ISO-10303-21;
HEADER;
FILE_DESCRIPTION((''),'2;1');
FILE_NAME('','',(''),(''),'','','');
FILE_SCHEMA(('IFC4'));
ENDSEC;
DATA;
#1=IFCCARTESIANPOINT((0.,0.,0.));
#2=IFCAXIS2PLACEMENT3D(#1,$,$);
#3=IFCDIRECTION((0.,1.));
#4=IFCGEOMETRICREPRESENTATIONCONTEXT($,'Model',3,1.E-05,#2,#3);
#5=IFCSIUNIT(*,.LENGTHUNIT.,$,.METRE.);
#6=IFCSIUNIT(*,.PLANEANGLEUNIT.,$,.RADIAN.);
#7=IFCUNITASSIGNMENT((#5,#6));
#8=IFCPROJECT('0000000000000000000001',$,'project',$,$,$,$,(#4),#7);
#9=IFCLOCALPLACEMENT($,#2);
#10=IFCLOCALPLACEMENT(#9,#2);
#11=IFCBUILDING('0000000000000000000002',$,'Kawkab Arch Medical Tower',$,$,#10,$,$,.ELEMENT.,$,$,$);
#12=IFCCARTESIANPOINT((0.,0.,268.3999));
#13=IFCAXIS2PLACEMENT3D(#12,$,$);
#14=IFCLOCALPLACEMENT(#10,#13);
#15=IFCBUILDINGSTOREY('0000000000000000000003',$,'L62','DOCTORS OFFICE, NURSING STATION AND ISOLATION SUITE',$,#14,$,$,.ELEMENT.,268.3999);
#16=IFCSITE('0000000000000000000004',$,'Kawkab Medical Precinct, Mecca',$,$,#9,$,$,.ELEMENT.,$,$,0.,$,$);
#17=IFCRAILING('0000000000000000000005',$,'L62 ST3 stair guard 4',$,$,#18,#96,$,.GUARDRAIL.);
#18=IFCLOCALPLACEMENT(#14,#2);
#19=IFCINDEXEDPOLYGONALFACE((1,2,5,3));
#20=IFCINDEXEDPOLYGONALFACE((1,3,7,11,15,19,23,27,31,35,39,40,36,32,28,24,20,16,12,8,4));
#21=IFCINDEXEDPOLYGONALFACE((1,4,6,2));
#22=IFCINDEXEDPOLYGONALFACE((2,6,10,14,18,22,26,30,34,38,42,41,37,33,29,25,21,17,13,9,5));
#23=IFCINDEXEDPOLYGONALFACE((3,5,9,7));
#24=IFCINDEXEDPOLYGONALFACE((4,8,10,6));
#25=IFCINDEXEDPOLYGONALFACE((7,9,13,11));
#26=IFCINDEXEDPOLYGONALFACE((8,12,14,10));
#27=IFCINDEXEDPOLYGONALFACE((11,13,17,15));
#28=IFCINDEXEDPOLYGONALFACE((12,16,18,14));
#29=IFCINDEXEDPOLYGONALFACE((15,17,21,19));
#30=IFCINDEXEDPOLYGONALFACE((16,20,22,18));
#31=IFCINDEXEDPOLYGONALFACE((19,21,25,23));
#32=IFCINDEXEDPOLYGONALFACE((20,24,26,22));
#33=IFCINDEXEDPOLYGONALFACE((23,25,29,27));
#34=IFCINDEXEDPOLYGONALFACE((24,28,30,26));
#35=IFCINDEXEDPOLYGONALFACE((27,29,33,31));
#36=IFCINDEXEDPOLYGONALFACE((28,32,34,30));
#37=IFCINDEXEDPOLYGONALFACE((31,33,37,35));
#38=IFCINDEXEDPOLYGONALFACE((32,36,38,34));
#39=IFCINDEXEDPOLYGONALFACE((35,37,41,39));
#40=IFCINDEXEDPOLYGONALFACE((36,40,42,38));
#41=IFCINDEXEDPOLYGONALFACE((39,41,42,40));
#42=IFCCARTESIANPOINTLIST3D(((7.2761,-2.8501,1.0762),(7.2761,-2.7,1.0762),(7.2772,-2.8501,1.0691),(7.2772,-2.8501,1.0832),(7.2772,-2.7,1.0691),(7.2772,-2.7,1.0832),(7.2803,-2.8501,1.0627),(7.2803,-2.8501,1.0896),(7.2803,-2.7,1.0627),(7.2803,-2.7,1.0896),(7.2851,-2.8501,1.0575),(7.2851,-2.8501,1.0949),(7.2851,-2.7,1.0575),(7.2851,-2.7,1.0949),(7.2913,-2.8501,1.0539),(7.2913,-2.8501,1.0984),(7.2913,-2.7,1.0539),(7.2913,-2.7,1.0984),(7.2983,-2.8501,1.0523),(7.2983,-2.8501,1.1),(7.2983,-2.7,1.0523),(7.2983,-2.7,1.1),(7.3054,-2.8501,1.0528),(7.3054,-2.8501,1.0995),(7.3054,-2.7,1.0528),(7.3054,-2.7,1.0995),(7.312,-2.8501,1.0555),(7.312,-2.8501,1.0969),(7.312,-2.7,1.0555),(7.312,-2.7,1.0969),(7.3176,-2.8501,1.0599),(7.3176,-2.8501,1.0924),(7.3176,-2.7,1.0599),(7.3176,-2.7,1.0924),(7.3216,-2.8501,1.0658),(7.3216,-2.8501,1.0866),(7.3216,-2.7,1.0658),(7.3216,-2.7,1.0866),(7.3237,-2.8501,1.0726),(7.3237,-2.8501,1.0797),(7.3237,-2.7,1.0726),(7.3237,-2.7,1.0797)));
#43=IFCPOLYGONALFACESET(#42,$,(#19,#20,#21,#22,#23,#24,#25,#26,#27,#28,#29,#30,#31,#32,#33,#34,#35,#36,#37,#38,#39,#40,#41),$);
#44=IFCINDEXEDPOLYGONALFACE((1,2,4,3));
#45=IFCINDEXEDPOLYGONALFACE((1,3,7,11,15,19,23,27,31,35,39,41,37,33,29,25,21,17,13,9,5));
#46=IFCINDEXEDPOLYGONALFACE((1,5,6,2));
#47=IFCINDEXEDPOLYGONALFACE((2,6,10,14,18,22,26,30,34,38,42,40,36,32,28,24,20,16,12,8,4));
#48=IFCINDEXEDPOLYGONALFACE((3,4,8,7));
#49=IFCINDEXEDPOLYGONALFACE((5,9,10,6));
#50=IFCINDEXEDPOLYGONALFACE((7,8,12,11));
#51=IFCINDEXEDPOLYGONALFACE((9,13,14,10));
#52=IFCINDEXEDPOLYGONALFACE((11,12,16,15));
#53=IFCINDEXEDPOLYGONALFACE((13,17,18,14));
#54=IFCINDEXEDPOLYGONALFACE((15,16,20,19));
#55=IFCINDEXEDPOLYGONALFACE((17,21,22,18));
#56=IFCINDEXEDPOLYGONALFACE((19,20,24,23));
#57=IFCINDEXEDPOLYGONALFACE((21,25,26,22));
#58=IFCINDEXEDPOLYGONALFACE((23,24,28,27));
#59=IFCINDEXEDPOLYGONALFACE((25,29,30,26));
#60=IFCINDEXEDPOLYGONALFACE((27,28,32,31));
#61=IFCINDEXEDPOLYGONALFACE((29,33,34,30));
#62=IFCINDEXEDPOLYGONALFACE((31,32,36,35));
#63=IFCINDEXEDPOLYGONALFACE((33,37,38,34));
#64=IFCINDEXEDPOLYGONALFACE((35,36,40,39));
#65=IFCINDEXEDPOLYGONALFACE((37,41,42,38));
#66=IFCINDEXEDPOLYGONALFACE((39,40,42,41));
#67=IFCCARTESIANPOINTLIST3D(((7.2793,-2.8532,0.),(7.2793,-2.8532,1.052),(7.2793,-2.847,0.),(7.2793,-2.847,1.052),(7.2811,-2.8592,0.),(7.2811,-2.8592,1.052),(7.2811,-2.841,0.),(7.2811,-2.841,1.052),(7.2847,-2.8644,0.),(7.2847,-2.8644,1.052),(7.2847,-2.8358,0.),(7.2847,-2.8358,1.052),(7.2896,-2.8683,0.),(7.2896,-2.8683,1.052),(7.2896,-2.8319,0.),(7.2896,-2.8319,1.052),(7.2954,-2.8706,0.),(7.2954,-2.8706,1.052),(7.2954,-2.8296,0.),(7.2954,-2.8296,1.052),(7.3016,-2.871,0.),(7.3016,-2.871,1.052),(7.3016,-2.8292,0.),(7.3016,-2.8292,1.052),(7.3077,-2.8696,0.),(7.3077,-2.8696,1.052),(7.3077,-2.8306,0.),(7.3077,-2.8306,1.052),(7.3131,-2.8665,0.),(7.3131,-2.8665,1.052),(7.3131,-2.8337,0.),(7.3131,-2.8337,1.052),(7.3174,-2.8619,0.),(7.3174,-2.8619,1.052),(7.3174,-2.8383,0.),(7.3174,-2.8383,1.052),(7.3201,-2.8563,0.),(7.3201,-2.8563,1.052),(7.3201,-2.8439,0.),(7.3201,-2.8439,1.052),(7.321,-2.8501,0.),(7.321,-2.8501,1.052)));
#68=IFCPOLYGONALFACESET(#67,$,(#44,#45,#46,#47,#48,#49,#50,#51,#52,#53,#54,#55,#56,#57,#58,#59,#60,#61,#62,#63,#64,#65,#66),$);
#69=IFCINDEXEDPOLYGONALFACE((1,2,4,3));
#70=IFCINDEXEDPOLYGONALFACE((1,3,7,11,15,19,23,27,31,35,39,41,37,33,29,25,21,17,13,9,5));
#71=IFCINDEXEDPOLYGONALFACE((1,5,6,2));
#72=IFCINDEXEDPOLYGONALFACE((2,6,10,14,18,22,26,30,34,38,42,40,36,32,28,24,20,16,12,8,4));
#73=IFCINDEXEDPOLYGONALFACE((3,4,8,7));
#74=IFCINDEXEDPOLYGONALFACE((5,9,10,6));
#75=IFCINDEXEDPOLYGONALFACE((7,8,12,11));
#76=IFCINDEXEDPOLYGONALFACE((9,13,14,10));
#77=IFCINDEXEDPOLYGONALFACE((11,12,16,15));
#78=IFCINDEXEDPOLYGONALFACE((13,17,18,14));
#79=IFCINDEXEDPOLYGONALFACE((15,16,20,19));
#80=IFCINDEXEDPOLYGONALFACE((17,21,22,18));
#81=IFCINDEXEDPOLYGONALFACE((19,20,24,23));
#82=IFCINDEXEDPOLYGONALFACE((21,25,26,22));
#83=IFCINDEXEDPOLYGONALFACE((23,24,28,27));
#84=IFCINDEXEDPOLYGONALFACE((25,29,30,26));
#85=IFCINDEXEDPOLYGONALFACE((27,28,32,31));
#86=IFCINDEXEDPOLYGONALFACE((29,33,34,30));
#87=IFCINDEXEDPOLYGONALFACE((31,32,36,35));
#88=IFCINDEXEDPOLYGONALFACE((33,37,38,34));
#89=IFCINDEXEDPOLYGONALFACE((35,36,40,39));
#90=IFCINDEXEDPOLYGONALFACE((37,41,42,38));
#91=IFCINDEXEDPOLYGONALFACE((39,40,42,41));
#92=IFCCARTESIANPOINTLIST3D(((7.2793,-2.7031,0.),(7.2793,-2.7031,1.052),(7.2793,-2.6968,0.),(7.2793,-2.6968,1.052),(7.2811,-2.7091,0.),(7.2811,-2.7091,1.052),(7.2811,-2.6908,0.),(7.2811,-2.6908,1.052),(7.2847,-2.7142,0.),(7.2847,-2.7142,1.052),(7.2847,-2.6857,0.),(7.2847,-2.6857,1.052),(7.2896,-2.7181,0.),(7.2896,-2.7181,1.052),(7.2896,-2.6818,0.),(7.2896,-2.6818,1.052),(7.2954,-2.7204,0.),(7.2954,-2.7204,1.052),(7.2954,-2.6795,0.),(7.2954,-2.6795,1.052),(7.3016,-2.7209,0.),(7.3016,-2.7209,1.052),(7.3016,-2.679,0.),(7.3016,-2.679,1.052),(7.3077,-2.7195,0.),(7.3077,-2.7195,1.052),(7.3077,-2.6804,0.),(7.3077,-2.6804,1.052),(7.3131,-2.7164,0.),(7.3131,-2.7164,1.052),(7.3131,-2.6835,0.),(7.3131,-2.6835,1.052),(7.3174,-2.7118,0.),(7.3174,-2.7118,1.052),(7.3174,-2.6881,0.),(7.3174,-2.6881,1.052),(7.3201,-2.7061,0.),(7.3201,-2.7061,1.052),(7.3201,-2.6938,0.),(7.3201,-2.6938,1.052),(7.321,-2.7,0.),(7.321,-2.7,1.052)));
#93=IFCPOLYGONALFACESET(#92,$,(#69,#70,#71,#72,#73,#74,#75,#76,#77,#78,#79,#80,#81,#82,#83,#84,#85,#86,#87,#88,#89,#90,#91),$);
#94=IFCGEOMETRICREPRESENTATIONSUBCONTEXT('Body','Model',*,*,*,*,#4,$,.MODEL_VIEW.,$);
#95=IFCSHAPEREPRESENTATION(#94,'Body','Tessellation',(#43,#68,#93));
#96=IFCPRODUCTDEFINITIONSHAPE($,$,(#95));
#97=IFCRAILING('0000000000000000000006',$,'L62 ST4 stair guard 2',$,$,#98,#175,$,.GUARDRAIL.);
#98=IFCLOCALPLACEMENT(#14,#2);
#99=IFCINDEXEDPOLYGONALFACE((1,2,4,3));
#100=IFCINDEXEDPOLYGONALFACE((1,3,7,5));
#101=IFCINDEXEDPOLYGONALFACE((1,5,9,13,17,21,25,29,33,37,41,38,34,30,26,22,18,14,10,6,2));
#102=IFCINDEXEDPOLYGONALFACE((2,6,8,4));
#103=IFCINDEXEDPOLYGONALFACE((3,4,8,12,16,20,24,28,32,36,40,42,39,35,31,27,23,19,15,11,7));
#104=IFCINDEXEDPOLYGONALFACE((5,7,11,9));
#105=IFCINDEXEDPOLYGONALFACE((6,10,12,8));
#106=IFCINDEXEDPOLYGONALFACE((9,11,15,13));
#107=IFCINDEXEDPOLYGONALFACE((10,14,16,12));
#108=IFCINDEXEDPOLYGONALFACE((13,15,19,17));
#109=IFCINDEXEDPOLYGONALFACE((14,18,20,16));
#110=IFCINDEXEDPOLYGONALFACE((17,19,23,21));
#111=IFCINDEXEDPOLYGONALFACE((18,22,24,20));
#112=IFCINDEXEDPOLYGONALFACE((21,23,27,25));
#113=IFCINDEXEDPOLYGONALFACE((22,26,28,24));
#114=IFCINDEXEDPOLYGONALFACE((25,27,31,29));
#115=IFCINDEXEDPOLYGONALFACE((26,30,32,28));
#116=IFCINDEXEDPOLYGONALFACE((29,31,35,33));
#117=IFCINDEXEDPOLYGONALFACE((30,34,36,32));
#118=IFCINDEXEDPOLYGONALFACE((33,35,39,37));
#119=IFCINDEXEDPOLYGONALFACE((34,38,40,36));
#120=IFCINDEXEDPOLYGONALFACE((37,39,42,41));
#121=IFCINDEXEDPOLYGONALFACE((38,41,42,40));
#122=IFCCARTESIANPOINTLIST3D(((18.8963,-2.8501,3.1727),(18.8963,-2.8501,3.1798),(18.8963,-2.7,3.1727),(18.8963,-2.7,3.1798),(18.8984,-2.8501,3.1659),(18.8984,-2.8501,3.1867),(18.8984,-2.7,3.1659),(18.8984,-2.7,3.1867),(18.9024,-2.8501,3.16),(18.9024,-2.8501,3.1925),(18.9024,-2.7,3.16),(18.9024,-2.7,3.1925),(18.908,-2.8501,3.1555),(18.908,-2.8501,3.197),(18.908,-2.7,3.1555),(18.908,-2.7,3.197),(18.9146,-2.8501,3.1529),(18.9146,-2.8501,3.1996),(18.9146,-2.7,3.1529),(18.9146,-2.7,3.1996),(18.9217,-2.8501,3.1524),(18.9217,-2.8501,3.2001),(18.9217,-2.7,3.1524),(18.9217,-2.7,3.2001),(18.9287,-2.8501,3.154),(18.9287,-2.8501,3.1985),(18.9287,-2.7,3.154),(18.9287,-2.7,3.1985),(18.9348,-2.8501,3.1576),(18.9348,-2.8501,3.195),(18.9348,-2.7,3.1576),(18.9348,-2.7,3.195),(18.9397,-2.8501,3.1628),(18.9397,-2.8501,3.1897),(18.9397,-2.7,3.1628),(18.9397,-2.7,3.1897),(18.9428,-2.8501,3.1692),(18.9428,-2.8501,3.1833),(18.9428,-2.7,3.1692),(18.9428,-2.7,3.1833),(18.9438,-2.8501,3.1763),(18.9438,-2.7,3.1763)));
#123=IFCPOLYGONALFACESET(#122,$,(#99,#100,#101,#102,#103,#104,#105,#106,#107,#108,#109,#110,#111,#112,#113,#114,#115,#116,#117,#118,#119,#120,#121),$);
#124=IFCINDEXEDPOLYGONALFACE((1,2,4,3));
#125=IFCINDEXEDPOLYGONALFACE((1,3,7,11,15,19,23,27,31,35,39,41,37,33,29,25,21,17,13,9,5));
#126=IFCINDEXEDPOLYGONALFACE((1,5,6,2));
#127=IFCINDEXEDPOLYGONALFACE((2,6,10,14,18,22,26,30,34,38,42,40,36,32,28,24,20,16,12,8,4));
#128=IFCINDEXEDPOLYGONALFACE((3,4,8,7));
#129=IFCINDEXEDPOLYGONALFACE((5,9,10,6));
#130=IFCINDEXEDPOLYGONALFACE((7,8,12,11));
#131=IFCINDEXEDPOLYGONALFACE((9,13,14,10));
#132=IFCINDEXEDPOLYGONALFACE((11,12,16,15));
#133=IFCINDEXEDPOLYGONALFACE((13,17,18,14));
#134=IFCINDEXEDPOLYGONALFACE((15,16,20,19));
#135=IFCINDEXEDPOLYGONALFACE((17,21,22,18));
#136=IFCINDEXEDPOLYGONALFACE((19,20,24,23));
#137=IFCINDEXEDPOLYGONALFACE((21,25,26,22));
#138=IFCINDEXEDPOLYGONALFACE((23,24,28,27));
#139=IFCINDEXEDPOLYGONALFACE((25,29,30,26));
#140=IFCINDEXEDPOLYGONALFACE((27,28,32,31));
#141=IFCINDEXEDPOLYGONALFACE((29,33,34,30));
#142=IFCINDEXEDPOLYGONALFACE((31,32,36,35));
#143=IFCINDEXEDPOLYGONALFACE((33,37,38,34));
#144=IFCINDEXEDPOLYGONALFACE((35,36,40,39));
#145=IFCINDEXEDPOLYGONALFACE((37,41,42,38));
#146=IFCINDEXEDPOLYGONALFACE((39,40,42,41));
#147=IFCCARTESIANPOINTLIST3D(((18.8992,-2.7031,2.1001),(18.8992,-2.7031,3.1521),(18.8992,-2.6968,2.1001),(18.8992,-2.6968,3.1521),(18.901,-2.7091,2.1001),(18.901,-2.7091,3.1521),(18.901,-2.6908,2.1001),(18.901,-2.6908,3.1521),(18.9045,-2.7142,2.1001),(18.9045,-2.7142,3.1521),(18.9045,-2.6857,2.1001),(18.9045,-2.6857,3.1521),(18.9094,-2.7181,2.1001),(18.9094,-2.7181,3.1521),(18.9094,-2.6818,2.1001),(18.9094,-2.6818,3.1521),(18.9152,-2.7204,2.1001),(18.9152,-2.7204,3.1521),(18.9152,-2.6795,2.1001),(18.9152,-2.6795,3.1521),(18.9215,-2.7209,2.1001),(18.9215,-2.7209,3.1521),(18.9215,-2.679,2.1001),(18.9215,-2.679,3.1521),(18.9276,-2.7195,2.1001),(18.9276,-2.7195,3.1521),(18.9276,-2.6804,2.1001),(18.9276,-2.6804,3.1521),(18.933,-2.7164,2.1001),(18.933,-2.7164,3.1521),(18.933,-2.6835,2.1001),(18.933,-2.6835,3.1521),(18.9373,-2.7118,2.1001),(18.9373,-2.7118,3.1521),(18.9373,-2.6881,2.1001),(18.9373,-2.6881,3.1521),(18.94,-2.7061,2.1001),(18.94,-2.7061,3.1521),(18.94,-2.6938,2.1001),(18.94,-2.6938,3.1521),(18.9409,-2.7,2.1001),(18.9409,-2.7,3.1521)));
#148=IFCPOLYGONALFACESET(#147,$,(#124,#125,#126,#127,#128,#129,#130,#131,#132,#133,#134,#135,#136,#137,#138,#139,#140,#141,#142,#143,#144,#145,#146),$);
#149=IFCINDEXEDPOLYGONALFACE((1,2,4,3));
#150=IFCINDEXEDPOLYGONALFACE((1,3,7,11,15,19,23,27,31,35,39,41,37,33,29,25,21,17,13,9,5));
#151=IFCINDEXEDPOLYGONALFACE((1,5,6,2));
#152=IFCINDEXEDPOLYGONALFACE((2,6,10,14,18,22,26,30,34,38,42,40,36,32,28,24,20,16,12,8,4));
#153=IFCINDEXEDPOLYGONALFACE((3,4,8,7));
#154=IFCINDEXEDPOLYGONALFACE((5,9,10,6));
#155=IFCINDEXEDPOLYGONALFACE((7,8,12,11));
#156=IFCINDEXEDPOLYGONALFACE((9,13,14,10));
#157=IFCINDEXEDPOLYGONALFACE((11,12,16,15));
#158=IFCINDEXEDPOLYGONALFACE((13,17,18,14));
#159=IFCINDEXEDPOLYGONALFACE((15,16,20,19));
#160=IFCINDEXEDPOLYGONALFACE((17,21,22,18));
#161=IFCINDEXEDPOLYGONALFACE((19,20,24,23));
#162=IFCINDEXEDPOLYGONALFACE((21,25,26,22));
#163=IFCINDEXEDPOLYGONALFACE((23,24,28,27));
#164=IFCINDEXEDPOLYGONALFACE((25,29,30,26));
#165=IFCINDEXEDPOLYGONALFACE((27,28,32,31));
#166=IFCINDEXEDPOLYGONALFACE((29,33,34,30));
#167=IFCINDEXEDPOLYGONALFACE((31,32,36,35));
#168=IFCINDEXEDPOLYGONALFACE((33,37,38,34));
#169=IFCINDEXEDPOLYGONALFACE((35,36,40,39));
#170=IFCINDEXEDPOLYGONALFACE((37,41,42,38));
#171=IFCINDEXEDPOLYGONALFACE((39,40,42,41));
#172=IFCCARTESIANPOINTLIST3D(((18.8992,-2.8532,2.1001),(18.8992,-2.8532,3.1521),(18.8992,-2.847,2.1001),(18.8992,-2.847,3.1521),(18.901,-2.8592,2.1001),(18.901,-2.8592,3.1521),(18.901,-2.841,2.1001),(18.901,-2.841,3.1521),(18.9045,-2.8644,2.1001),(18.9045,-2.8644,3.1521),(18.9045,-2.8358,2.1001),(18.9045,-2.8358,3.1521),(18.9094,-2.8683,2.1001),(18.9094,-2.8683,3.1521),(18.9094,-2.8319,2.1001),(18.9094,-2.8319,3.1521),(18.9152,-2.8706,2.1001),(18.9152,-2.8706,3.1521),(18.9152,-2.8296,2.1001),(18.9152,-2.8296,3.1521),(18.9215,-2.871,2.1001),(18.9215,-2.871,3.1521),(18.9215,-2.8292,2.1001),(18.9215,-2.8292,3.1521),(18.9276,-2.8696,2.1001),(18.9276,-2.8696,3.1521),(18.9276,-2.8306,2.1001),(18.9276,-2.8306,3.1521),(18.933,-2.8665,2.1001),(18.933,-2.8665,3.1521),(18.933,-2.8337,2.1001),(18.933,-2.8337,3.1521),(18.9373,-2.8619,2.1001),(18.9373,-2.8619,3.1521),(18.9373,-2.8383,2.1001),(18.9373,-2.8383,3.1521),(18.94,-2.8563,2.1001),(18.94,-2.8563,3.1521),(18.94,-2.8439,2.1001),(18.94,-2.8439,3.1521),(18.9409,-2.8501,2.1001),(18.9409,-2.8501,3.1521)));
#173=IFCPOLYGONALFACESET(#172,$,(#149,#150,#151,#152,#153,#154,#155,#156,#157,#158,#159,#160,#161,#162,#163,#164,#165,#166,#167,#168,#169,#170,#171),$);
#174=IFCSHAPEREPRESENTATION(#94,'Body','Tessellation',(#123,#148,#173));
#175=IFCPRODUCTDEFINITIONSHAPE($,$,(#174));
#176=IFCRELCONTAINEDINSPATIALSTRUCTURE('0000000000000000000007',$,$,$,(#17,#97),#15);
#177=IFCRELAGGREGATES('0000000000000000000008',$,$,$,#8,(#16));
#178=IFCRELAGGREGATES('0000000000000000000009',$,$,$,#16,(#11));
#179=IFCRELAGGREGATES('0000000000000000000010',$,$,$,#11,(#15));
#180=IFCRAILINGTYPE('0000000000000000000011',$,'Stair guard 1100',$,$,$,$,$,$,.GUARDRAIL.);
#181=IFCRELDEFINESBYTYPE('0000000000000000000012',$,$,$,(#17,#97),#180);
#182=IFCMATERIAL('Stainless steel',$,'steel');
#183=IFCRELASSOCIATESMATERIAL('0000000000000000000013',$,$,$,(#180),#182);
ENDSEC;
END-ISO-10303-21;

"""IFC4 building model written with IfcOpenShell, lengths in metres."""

from ifc_helpers import new_model, si_unit, direction, frame, origin, origin_2d, place, context, subcontext, project, spatial, circle, extrude, material, type_object, element, save


model = new_model("IFC4")

# Units and contexts
model_context = context("Model", 3, precision=1e-05, world=origin(), true_north=direction((0.0, 1.0)))
body_context = subcontext(model_context, "Body", "Model", "MODEL_VIEW")
ifc_project = project(units=[si_unit("LENGTHUNIT", "METRE"), si_unit("PLANEANGLEUNIT", "RADIAN")], contexts=[model_context])

# Site, building, storey
site_placement = place(None, origin())
site = spatial("IfcSite", under=ifc_project, at=site_placement, Name="Kawkab Medical Precinct, Mecca", CompositionType="ELEMENT", RefElevation=0.0)
building_placement = place(site_placement, origin())
building = spatial("IfcBuilding", under=site, at=building_placement, Name="Kawkab Arch Medical Tower", CompositionType="ELEMENT")
storey_placement = place(building_placement, frame((0.0, 0.0, 268.3999)))
storey = spatial("IfcBuildingStorey", under=building, at=storey_placement, Name="L62", Description="DOCTORS OFFICE, NURSING STATION AND ISOLATION SUITE", CompositionType="ELEMENT", Elevation=268.3999)

# Railings
ifc_material_1 = material(Name="Stainless steel", Category="steel")
railing_type_1 = type_object("IfcRailingType", Name="Stair guard 1100", PredefinedType="GUARDRAIL", material=ifc_material_1)
railing_1_placement = place(storey_placement, frame((7.3, -2.8501, 0.0)))
element("IfcRailing", 1, at=railing_1_placement, inside=storey, type_object=railing_type_1, Name="L62 ST3 stair guard 4", PredefinedType="GUARDRAIL", context=body_context, shape_type="SweptSolid", body=[
    extrude(circle(Radius=0.0239, at=origin_2d()), frame((0.0, 0.0, 1.0762), z_axis=(0.0, 1.0, 0.0), x_axis=(-1.0, 0.0, 0.0)), (0.0, 0.0, 1.0), 0.1501),
    extrude(circle(Radius=0.021, at=origin_2d()), origin(), (0.0, 0.0, 1.0), 1.052),
    extrude(circle(Radius=0.021, at=origin_2d()), frame((0.0, 0.1501, 0.0)), (0.0, 0.0, 1.0), 1.052),
])
railing_2_placement = place(storey_placement, frame((18.9199, -2.7, 2.1001)))
element("IfcRailing", 2, at=railing_2_placement, inside=storey, type_object=railing_type_1, Name="L62 ST4 stair guard 2", PredefinedType="GUARDRAIL", context=body_context, shape_type="SweptSolid", body=[
    extrude(circle(Radius=0.0239, at=origin_2d()), frame((0.0, 0.0, 1.0762), z_axis=(0.0, -1.0, 0.0), x_axis=(1.0, 0.0, 0.0)), (0.0, 0.0, 1.0), 0.1501),
    extrude(circle(Radius=0.021, at=origin_2d()), origin(), (0.0, 0.0, 1.0), 1.052),
    extrude(circle(Radius=0.021, at=origin_2d()), frame((0.0, -0.1501, 0.0)), (0.0, 0.0, 1.0), 1.052),
])

save(model, "model.ifc")
